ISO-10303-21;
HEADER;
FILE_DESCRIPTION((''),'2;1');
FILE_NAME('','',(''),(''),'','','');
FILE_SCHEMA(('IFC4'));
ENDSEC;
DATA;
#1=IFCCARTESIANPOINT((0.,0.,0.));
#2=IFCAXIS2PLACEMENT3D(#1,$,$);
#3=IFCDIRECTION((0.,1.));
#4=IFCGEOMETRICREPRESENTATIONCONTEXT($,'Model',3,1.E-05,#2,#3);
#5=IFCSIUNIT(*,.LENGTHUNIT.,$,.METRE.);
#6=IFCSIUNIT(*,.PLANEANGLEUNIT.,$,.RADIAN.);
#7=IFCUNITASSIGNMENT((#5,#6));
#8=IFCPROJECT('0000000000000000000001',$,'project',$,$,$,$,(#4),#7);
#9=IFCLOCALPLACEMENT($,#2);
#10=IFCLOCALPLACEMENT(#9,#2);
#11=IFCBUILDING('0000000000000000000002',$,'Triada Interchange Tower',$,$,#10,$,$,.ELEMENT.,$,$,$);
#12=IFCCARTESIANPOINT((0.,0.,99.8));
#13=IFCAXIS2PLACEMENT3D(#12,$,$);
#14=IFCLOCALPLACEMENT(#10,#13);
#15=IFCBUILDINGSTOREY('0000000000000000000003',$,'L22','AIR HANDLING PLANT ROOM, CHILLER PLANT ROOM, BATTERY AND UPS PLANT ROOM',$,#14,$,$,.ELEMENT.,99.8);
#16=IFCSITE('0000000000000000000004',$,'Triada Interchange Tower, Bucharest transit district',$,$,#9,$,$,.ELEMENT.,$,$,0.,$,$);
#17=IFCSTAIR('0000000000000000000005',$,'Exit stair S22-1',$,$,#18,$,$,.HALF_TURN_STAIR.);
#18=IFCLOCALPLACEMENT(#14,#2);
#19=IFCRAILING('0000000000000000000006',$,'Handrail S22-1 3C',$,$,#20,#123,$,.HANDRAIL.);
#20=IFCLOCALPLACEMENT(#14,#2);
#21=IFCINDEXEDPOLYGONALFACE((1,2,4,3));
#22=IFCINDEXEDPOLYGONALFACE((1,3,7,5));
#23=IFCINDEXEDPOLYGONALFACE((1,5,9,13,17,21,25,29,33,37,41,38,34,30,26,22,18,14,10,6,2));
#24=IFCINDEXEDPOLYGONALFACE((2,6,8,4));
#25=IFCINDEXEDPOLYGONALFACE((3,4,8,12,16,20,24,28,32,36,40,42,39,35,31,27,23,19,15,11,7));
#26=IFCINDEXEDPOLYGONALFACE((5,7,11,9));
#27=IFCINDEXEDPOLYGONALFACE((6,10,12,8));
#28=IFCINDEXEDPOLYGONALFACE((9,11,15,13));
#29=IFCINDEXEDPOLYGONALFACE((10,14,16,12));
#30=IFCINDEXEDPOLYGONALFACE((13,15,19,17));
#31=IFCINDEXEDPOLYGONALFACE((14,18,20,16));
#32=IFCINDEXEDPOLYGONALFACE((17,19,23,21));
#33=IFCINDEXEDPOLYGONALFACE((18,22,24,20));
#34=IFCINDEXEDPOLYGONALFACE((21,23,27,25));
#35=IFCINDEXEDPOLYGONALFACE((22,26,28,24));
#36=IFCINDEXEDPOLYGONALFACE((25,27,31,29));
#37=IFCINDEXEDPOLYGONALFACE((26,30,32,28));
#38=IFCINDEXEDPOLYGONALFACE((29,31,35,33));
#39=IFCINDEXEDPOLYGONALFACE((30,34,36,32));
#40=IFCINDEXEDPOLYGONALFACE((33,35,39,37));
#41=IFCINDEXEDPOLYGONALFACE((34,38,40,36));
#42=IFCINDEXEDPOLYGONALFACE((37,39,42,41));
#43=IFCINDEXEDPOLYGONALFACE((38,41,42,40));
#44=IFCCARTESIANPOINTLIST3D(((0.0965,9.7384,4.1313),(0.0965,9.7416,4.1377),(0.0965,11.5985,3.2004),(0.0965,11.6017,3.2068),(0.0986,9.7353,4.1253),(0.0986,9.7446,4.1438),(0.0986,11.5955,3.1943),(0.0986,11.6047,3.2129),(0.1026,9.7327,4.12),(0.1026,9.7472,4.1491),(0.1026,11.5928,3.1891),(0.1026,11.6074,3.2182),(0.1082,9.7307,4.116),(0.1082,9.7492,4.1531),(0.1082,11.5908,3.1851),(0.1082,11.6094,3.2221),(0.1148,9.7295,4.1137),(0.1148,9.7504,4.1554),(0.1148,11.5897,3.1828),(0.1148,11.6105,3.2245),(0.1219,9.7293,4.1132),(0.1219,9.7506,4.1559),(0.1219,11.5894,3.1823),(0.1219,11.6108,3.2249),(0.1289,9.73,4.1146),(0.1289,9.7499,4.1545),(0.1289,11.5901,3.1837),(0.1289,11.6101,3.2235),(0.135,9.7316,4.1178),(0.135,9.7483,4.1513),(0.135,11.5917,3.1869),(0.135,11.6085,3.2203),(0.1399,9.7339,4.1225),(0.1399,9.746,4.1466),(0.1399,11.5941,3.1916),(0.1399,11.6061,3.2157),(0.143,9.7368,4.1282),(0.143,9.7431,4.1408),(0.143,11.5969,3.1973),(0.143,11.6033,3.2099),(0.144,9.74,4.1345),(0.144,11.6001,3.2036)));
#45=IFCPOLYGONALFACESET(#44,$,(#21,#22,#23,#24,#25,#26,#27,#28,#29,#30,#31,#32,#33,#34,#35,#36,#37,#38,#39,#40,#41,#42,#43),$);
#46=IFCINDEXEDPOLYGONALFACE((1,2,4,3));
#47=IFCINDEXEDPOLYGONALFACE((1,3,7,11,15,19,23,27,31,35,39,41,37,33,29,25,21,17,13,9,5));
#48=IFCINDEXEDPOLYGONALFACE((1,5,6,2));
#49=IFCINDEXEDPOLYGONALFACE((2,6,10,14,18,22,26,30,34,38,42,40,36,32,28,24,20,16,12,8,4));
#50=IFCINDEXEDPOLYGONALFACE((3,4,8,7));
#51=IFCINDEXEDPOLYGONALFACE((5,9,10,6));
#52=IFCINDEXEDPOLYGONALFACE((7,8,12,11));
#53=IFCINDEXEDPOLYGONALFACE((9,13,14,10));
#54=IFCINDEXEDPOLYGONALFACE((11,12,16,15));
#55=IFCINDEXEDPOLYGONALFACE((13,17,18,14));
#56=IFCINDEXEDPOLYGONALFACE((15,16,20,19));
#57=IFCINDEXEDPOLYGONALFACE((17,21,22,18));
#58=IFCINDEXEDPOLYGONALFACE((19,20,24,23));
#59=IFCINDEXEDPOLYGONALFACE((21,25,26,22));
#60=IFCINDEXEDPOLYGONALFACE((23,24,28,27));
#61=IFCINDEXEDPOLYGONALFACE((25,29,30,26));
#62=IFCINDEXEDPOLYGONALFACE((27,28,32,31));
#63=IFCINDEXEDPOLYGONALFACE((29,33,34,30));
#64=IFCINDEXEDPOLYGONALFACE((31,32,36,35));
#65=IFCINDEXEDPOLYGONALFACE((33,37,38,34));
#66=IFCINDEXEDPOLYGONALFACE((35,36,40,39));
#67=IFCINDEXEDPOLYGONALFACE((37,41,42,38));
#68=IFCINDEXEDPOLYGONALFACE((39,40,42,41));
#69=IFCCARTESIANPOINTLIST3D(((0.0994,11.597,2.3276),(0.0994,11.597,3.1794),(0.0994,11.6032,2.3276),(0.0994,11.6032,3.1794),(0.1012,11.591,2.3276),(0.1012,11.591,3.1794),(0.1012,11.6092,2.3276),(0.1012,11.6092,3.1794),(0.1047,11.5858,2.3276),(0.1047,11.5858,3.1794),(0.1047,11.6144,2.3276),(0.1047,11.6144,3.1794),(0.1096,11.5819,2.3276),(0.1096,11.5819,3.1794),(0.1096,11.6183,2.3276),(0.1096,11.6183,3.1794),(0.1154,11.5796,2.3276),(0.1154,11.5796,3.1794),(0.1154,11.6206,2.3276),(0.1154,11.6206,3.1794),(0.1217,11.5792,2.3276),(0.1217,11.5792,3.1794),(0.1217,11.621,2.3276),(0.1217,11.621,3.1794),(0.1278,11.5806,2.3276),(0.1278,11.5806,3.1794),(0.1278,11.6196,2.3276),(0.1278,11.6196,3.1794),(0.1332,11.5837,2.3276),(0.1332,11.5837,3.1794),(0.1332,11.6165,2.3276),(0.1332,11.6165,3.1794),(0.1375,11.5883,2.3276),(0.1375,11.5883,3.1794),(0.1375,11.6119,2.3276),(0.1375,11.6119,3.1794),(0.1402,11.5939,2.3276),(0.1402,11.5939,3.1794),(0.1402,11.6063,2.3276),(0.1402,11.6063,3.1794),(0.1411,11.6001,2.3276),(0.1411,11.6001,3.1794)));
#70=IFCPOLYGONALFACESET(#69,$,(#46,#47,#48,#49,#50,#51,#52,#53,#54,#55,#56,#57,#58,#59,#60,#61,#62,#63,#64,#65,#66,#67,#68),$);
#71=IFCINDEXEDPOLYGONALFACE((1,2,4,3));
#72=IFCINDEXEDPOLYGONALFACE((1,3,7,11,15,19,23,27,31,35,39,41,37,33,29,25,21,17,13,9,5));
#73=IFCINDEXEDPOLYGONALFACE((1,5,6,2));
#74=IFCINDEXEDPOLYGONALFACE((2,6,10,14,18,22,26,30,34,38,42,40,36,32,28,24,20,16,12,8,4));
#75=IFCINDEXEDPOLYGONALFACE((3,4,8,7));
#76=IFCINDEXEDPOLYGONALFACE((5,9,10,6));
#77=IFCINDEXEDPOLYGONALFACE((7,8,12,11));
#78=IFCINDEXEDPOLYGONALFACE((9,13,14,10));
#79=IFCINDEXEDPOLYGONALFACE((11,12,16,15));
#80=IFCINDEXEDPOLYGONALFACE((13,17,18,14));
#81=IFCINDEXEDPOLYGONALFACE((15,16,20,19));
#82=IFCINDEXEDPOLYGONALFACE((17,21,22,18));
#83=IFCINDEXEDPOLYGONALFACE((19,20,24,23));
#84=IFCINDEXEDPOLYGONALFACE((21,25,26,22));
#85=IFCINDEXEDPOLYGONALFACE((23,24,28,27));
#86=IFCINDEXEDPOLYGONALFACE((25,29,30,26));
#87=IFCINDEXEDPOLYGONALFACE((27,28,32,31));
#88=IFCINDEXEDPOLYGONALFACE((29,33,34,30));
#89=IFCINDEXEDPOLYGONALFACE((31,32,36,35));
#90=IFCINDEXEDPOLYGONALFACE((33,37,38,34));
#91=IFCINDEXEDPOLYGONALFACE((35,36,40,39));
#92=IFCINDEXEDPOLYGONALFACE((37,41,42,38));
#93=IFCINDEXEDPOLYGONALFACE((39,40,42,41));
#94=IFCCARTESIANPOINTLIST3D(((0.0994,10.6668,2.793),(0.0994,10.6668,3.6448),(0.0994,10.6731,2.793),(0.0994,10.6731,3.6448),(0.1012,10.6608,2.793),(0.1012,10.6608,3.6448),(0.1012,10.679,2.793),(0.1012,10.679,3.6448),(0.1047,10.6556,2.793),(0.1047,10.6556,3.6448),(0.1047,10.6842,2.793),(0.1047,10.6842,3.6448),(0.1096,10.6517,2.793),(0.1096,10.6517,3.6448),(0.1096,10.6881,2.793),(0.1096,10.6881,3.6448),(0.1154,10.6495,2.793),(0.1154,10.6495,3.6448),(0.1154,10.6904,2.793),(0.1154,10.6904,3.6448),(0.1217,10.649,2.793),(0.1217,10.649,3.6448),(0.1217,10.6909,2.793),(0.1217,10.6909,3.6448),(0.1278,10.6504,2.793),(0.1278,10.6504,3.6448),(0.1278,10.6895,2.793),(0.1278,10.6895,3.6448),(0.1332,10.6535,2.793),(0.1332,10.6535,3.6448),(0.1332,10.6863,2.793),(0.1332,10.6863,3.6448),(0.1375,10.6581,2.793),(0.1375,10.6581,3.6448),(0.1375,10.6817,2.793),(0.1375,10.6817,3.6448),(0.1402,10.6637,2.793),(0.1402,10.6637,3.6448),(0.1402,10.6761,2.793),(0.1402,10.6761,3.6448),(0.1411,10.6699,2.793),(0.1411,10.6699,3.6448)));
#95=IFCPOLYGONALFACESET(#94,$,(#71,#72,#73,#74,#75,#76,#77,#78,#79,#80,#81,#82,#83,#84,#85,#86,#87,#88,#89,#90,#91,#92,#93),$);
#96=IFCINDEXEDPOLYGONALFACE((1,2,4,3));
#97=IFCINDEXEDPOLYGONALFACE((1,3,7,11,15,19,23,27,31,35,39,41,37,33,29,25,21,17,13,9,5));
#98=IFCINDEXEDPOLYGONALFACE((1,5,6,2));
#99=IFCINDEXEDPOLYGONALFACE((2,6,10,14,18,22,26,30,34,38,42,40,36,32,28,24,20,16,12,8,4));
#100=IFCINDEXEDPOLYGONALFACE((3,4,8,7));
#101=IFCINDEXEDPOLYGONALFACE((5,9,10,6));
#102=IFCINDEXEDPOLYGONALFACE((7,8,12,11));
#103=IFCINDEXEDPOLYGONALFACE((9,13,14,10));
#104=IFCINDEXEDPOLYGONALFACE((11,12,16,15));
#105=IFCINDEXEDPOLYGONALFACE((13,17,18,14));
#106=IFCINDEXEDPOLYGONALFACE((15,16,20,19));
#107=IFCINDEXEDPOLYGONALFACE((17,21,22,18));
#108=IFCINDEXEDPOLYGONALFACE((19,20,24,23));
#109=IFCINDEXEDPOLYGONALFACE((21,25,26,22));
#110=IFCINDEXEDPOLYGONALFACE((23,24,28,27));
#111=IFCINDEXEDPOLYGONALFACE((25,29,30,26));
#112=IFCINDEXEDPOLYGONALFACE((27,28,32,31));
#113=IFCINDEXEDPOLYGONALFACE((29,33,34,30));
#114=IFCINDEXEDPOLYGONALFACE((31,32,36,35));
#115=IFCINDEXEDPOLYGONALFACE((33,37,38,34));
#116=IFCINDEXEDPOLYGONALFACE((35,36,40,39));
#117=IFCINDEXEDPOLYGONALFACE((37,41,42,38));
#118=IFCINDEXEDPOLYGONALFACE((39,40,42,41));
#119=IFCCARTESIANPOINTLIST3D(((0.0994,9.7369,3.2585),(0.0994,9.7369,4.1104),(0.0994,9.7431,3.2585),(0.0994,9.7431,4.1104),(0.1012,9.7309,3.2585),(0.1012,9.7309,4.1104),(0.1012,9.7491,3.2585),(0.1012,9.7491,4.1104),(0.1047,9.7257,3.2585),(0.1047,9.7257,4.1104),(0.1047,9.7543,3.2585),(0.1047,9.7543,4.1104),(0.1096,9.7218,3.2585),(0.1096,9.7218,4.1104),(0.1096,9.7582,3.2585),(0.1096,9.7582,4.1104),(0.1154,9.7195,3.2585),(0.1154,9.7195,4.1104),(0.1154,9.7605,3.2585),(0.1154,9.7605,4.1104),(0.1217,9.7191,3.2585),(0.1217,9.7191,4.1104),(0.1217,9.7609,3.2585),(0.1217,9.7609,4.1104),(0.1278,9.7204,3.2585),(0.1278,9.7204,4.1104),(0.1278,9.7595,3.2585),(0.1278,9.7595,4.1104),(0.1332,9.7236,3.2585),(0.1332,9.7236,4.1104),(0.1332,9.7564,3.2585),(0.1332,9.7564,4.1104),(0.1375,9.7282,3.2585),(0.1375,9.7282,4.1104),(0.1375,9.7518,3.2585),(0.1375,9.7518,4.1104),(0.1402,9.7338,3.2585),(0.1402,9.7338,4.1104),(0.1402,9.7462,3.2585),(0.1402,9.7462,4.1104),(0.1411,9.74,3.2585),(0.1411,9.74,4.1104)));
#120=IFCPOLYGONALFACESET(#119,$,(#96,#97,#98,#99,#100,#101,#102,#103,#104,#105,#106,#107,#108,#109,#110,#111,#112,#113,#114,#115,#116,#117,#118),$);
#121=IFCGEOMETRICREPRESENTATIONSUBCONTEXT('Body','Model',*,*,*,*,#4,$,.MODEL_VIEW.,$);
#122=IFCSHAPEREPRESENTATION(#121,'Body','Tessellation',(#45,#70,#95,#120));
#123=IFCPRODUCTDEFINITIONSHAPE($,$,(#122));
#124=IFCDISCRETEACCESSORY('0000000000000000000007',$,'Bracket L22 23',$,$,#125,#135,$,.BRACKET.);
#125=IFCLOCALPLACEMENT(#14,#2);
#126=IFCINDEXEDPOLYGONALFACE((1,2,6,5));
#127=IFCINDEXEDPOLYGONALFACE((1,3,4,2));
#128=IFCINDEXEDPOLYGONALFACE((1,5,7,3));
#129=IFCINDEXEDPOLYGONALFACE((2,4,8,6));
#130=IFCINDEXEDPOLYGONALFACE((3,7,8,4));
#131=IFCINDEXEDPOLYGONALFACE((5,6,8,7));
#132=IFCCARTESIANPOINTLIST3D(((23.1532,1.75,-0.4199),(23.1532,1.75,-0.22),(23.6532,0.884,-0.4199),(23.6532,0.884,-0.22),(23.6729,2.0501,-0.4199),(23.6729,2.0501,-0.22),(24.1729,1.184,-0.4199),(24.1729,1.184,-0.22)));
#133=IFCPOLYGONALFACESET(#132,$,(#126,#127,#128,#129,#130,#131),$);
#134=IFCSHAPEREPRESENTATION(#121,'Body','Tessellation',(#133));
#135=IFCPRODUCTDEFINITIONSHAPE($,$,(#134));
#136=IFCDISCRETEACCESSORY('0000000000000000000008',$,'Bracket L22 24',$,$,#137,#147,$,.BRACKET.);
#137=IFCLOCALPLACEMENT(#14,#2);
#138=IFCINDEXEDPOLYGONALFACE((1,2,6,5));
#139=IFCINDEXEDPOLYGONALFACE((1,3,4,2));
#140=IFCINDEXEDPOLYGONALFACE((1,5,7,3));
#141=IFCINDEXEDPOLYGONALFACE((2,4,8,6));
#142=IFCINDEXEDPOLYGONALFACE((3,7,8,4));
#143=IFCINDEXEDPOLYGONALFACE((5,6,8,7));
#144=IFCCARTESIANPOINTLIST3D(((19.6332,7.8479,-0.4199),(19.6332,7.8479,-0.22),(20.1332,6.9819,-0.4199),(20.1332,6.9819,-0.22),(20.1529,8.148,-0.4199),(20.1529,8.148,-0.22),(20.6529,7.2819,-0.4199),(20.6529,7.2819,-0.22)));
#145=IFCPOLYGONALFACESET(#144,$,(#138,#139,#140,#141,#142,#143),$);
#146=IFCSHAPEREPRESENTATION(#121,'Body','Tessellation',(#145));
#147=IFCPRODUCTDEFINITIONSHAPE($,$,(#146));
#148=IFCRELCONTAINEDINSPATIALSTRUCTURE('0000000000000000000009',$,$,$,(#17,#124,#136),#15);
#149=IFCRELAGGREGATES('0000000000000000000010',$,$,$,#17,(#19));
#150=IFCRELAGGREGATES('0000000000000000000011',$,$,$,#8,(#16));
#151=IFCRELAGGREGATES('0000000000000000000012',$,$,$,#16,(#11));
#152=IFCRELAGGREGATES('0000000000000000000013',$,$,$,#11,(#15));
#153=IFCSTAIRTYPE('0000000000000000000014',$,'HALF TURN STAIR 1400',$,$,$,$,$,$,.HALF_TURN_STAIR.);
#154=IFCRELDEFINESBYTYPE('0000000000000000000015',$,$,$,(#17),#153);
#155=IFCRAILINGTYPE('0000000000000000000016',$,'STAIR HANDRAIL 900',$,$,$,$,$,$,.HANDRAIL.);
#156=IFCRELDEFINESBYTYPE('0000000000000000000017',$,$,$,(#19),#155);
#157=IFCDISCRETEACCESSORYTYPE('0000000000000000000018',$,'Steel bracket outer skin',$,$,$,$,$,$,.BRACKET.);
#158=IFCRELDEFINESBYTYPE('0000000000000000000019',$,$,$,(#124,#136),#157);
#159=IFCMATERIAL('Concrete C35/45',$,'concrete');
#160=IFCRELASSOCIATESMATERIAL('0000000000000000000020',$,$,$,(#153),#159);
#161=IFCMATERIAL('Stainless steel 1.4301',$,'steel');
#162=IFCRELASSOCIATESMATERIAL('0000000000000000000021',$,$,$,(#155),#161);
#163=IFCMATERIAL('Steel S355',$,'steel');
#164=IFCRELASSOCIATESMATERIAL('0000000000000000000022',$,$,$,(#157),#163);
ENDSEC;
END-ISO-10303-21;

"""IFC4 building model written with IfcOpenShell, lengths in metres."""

from ifc_helpers import new_model, si_unit, direction, frame, origin, origin_2d, place, context, subcontext, project, spatial, rectangle, circle, extrude, material, type_object, element, aggregate, save


model = new_model("IFC4")

# Units and contexts
model_context = context("Model", 3, precision=1e-05, world=origin(), true_north=direction((0.0, 1.0)))
body_context = subcontext(model_context, "Body", "Model", "MODEL_VIEW")
ifc_project = project(units=[si_unit("LENGTHUNIT", "METRE"), si_unit("PLANEANGLEUNIT", "RADIAN")], contexts=[model_context])

# Site, building, storey
site_placement = place(None, origin())
site = spatial("IfcSite", under=ifc_project, at=site_placement, Name="Triada Interchange Tower, Bucharest transit district", CompositionType="ELEMENT", RefElevation=0.0)
building_placement = place(site_placement, origin())
building = spatial("IfcBuilding", under=site, at=building_placement, Name="Triada Interchange Tower", CompositionType="ELEMENT")
storey_placement = place(building_placement, frame((0.0, 0.0, 99.8)))
storey = spatial("IfcBuildingStorey", under=building, at=storey_placement, Name="L22", Description="AIR HANDLING PLANT ROOM, CHILLER PLANT ROOM, BATTERY AND UPS PLANT ROOM", CompositionType="ELEMENT", Elevation=99.8)

# Shared definitions
ifc_material_1 = material(Name="Steel S355", Category="steel")

# Stair
ifc_material_2 = material(Name="Concrete C35/45", Category="concrete")
stair_type = type_object("IfcStairType", Name="HALF TURN STAIR 1400", PredefinedType="HALF_TURN_STAIR", material=ifc_material_2)
stair_placement = place(storey_placement, origin())
stair = element("IfcStair", 1, at=stair_placement, inside=storey, type_object=stair_type, Name="Exit stair S22-1", PredefinedType="HALF_TURN_STAIR")

# Railing
ifc_material_3 = material(Name="Stainless steel 1.4301", Category="steel")
railing_type = type_object("IfcRailingType", Name="STAIR HANDRAIL 900", PredefinedType="HANDRAIL", material=ifc_material_3)
railing_placement = place(storey_placement, frame((0.1201, 11.6001, 2.3276)))
railing = element("IfcRailing", 2, at=railing_placement, type_object=railing_type, Name="Handrail S22-1 3C", PredefinedType="HANDRAIL", context=body_context, shape_type="SweptSolid", body=[
    extrude(circle(Radius=0.0239, at=origin_2d()), frame((0.0, 0.0, 0.876), z_axis=(0.0, -0.894263, 0.447542), x_axis=(1.0, 0.0, 0.0)), (0.0, 0.0, 1.0), 2.0801),
    extrude(circle(Radius=0.021, at=origin_2d()), origin(), (0.0, 0.0, 1.0), 0.8518),
    extrude(circle(Radius=0.021, at=origin_2d()), frame((0.0, -0.9302, 0.4653)), (0.0, 0.0, 1.0), 0.8518),
    extrude(circle(Radius=0.021, at=origin_2d()), frame((0.0, -1.8601, 0.9309)), (0.0, 0.0, 1.0), 0.8518),
])
aggregate(stair, [railing])

# Discrete accessories
discrete_accessory_type = type_object("IfcDiscreteAccessoryType", Name="Steel bracket outer skin", PredefinedType="BRACKET", material=ifc_material_1)
for number, where, z_axis, x_axis, name in (
    (3, (23.6631, 1.467, -0.4199), (0.0, 0.0, 1.0), (0.86603, 0.499993, 0.0), "Bracket L22 23"),
    (4, (20.1431, 7.5649, -0.4199), (0.0, 0.0, 1.0), (0.86603, 0.499993, 0.0), "Bracket L22 24"),
):
    element("IfcDiscreteAccessory", number, at=place(storey_placement, frame(where, z_axis=z_axis, x_axis=x_axis)), inside=storey, type_object=discrete_accessory_type, Name=name, PredefinedType="BRACKET", context=body_context, shape_type="SweptSolid", body=[
        extrude(rectangle(XDim=0.6001, YDim=1.0, at=origin_2d()), origin(), (0.0, 0.0, 1.0), 0.2),
    ])

save(model, "model.ifc")
